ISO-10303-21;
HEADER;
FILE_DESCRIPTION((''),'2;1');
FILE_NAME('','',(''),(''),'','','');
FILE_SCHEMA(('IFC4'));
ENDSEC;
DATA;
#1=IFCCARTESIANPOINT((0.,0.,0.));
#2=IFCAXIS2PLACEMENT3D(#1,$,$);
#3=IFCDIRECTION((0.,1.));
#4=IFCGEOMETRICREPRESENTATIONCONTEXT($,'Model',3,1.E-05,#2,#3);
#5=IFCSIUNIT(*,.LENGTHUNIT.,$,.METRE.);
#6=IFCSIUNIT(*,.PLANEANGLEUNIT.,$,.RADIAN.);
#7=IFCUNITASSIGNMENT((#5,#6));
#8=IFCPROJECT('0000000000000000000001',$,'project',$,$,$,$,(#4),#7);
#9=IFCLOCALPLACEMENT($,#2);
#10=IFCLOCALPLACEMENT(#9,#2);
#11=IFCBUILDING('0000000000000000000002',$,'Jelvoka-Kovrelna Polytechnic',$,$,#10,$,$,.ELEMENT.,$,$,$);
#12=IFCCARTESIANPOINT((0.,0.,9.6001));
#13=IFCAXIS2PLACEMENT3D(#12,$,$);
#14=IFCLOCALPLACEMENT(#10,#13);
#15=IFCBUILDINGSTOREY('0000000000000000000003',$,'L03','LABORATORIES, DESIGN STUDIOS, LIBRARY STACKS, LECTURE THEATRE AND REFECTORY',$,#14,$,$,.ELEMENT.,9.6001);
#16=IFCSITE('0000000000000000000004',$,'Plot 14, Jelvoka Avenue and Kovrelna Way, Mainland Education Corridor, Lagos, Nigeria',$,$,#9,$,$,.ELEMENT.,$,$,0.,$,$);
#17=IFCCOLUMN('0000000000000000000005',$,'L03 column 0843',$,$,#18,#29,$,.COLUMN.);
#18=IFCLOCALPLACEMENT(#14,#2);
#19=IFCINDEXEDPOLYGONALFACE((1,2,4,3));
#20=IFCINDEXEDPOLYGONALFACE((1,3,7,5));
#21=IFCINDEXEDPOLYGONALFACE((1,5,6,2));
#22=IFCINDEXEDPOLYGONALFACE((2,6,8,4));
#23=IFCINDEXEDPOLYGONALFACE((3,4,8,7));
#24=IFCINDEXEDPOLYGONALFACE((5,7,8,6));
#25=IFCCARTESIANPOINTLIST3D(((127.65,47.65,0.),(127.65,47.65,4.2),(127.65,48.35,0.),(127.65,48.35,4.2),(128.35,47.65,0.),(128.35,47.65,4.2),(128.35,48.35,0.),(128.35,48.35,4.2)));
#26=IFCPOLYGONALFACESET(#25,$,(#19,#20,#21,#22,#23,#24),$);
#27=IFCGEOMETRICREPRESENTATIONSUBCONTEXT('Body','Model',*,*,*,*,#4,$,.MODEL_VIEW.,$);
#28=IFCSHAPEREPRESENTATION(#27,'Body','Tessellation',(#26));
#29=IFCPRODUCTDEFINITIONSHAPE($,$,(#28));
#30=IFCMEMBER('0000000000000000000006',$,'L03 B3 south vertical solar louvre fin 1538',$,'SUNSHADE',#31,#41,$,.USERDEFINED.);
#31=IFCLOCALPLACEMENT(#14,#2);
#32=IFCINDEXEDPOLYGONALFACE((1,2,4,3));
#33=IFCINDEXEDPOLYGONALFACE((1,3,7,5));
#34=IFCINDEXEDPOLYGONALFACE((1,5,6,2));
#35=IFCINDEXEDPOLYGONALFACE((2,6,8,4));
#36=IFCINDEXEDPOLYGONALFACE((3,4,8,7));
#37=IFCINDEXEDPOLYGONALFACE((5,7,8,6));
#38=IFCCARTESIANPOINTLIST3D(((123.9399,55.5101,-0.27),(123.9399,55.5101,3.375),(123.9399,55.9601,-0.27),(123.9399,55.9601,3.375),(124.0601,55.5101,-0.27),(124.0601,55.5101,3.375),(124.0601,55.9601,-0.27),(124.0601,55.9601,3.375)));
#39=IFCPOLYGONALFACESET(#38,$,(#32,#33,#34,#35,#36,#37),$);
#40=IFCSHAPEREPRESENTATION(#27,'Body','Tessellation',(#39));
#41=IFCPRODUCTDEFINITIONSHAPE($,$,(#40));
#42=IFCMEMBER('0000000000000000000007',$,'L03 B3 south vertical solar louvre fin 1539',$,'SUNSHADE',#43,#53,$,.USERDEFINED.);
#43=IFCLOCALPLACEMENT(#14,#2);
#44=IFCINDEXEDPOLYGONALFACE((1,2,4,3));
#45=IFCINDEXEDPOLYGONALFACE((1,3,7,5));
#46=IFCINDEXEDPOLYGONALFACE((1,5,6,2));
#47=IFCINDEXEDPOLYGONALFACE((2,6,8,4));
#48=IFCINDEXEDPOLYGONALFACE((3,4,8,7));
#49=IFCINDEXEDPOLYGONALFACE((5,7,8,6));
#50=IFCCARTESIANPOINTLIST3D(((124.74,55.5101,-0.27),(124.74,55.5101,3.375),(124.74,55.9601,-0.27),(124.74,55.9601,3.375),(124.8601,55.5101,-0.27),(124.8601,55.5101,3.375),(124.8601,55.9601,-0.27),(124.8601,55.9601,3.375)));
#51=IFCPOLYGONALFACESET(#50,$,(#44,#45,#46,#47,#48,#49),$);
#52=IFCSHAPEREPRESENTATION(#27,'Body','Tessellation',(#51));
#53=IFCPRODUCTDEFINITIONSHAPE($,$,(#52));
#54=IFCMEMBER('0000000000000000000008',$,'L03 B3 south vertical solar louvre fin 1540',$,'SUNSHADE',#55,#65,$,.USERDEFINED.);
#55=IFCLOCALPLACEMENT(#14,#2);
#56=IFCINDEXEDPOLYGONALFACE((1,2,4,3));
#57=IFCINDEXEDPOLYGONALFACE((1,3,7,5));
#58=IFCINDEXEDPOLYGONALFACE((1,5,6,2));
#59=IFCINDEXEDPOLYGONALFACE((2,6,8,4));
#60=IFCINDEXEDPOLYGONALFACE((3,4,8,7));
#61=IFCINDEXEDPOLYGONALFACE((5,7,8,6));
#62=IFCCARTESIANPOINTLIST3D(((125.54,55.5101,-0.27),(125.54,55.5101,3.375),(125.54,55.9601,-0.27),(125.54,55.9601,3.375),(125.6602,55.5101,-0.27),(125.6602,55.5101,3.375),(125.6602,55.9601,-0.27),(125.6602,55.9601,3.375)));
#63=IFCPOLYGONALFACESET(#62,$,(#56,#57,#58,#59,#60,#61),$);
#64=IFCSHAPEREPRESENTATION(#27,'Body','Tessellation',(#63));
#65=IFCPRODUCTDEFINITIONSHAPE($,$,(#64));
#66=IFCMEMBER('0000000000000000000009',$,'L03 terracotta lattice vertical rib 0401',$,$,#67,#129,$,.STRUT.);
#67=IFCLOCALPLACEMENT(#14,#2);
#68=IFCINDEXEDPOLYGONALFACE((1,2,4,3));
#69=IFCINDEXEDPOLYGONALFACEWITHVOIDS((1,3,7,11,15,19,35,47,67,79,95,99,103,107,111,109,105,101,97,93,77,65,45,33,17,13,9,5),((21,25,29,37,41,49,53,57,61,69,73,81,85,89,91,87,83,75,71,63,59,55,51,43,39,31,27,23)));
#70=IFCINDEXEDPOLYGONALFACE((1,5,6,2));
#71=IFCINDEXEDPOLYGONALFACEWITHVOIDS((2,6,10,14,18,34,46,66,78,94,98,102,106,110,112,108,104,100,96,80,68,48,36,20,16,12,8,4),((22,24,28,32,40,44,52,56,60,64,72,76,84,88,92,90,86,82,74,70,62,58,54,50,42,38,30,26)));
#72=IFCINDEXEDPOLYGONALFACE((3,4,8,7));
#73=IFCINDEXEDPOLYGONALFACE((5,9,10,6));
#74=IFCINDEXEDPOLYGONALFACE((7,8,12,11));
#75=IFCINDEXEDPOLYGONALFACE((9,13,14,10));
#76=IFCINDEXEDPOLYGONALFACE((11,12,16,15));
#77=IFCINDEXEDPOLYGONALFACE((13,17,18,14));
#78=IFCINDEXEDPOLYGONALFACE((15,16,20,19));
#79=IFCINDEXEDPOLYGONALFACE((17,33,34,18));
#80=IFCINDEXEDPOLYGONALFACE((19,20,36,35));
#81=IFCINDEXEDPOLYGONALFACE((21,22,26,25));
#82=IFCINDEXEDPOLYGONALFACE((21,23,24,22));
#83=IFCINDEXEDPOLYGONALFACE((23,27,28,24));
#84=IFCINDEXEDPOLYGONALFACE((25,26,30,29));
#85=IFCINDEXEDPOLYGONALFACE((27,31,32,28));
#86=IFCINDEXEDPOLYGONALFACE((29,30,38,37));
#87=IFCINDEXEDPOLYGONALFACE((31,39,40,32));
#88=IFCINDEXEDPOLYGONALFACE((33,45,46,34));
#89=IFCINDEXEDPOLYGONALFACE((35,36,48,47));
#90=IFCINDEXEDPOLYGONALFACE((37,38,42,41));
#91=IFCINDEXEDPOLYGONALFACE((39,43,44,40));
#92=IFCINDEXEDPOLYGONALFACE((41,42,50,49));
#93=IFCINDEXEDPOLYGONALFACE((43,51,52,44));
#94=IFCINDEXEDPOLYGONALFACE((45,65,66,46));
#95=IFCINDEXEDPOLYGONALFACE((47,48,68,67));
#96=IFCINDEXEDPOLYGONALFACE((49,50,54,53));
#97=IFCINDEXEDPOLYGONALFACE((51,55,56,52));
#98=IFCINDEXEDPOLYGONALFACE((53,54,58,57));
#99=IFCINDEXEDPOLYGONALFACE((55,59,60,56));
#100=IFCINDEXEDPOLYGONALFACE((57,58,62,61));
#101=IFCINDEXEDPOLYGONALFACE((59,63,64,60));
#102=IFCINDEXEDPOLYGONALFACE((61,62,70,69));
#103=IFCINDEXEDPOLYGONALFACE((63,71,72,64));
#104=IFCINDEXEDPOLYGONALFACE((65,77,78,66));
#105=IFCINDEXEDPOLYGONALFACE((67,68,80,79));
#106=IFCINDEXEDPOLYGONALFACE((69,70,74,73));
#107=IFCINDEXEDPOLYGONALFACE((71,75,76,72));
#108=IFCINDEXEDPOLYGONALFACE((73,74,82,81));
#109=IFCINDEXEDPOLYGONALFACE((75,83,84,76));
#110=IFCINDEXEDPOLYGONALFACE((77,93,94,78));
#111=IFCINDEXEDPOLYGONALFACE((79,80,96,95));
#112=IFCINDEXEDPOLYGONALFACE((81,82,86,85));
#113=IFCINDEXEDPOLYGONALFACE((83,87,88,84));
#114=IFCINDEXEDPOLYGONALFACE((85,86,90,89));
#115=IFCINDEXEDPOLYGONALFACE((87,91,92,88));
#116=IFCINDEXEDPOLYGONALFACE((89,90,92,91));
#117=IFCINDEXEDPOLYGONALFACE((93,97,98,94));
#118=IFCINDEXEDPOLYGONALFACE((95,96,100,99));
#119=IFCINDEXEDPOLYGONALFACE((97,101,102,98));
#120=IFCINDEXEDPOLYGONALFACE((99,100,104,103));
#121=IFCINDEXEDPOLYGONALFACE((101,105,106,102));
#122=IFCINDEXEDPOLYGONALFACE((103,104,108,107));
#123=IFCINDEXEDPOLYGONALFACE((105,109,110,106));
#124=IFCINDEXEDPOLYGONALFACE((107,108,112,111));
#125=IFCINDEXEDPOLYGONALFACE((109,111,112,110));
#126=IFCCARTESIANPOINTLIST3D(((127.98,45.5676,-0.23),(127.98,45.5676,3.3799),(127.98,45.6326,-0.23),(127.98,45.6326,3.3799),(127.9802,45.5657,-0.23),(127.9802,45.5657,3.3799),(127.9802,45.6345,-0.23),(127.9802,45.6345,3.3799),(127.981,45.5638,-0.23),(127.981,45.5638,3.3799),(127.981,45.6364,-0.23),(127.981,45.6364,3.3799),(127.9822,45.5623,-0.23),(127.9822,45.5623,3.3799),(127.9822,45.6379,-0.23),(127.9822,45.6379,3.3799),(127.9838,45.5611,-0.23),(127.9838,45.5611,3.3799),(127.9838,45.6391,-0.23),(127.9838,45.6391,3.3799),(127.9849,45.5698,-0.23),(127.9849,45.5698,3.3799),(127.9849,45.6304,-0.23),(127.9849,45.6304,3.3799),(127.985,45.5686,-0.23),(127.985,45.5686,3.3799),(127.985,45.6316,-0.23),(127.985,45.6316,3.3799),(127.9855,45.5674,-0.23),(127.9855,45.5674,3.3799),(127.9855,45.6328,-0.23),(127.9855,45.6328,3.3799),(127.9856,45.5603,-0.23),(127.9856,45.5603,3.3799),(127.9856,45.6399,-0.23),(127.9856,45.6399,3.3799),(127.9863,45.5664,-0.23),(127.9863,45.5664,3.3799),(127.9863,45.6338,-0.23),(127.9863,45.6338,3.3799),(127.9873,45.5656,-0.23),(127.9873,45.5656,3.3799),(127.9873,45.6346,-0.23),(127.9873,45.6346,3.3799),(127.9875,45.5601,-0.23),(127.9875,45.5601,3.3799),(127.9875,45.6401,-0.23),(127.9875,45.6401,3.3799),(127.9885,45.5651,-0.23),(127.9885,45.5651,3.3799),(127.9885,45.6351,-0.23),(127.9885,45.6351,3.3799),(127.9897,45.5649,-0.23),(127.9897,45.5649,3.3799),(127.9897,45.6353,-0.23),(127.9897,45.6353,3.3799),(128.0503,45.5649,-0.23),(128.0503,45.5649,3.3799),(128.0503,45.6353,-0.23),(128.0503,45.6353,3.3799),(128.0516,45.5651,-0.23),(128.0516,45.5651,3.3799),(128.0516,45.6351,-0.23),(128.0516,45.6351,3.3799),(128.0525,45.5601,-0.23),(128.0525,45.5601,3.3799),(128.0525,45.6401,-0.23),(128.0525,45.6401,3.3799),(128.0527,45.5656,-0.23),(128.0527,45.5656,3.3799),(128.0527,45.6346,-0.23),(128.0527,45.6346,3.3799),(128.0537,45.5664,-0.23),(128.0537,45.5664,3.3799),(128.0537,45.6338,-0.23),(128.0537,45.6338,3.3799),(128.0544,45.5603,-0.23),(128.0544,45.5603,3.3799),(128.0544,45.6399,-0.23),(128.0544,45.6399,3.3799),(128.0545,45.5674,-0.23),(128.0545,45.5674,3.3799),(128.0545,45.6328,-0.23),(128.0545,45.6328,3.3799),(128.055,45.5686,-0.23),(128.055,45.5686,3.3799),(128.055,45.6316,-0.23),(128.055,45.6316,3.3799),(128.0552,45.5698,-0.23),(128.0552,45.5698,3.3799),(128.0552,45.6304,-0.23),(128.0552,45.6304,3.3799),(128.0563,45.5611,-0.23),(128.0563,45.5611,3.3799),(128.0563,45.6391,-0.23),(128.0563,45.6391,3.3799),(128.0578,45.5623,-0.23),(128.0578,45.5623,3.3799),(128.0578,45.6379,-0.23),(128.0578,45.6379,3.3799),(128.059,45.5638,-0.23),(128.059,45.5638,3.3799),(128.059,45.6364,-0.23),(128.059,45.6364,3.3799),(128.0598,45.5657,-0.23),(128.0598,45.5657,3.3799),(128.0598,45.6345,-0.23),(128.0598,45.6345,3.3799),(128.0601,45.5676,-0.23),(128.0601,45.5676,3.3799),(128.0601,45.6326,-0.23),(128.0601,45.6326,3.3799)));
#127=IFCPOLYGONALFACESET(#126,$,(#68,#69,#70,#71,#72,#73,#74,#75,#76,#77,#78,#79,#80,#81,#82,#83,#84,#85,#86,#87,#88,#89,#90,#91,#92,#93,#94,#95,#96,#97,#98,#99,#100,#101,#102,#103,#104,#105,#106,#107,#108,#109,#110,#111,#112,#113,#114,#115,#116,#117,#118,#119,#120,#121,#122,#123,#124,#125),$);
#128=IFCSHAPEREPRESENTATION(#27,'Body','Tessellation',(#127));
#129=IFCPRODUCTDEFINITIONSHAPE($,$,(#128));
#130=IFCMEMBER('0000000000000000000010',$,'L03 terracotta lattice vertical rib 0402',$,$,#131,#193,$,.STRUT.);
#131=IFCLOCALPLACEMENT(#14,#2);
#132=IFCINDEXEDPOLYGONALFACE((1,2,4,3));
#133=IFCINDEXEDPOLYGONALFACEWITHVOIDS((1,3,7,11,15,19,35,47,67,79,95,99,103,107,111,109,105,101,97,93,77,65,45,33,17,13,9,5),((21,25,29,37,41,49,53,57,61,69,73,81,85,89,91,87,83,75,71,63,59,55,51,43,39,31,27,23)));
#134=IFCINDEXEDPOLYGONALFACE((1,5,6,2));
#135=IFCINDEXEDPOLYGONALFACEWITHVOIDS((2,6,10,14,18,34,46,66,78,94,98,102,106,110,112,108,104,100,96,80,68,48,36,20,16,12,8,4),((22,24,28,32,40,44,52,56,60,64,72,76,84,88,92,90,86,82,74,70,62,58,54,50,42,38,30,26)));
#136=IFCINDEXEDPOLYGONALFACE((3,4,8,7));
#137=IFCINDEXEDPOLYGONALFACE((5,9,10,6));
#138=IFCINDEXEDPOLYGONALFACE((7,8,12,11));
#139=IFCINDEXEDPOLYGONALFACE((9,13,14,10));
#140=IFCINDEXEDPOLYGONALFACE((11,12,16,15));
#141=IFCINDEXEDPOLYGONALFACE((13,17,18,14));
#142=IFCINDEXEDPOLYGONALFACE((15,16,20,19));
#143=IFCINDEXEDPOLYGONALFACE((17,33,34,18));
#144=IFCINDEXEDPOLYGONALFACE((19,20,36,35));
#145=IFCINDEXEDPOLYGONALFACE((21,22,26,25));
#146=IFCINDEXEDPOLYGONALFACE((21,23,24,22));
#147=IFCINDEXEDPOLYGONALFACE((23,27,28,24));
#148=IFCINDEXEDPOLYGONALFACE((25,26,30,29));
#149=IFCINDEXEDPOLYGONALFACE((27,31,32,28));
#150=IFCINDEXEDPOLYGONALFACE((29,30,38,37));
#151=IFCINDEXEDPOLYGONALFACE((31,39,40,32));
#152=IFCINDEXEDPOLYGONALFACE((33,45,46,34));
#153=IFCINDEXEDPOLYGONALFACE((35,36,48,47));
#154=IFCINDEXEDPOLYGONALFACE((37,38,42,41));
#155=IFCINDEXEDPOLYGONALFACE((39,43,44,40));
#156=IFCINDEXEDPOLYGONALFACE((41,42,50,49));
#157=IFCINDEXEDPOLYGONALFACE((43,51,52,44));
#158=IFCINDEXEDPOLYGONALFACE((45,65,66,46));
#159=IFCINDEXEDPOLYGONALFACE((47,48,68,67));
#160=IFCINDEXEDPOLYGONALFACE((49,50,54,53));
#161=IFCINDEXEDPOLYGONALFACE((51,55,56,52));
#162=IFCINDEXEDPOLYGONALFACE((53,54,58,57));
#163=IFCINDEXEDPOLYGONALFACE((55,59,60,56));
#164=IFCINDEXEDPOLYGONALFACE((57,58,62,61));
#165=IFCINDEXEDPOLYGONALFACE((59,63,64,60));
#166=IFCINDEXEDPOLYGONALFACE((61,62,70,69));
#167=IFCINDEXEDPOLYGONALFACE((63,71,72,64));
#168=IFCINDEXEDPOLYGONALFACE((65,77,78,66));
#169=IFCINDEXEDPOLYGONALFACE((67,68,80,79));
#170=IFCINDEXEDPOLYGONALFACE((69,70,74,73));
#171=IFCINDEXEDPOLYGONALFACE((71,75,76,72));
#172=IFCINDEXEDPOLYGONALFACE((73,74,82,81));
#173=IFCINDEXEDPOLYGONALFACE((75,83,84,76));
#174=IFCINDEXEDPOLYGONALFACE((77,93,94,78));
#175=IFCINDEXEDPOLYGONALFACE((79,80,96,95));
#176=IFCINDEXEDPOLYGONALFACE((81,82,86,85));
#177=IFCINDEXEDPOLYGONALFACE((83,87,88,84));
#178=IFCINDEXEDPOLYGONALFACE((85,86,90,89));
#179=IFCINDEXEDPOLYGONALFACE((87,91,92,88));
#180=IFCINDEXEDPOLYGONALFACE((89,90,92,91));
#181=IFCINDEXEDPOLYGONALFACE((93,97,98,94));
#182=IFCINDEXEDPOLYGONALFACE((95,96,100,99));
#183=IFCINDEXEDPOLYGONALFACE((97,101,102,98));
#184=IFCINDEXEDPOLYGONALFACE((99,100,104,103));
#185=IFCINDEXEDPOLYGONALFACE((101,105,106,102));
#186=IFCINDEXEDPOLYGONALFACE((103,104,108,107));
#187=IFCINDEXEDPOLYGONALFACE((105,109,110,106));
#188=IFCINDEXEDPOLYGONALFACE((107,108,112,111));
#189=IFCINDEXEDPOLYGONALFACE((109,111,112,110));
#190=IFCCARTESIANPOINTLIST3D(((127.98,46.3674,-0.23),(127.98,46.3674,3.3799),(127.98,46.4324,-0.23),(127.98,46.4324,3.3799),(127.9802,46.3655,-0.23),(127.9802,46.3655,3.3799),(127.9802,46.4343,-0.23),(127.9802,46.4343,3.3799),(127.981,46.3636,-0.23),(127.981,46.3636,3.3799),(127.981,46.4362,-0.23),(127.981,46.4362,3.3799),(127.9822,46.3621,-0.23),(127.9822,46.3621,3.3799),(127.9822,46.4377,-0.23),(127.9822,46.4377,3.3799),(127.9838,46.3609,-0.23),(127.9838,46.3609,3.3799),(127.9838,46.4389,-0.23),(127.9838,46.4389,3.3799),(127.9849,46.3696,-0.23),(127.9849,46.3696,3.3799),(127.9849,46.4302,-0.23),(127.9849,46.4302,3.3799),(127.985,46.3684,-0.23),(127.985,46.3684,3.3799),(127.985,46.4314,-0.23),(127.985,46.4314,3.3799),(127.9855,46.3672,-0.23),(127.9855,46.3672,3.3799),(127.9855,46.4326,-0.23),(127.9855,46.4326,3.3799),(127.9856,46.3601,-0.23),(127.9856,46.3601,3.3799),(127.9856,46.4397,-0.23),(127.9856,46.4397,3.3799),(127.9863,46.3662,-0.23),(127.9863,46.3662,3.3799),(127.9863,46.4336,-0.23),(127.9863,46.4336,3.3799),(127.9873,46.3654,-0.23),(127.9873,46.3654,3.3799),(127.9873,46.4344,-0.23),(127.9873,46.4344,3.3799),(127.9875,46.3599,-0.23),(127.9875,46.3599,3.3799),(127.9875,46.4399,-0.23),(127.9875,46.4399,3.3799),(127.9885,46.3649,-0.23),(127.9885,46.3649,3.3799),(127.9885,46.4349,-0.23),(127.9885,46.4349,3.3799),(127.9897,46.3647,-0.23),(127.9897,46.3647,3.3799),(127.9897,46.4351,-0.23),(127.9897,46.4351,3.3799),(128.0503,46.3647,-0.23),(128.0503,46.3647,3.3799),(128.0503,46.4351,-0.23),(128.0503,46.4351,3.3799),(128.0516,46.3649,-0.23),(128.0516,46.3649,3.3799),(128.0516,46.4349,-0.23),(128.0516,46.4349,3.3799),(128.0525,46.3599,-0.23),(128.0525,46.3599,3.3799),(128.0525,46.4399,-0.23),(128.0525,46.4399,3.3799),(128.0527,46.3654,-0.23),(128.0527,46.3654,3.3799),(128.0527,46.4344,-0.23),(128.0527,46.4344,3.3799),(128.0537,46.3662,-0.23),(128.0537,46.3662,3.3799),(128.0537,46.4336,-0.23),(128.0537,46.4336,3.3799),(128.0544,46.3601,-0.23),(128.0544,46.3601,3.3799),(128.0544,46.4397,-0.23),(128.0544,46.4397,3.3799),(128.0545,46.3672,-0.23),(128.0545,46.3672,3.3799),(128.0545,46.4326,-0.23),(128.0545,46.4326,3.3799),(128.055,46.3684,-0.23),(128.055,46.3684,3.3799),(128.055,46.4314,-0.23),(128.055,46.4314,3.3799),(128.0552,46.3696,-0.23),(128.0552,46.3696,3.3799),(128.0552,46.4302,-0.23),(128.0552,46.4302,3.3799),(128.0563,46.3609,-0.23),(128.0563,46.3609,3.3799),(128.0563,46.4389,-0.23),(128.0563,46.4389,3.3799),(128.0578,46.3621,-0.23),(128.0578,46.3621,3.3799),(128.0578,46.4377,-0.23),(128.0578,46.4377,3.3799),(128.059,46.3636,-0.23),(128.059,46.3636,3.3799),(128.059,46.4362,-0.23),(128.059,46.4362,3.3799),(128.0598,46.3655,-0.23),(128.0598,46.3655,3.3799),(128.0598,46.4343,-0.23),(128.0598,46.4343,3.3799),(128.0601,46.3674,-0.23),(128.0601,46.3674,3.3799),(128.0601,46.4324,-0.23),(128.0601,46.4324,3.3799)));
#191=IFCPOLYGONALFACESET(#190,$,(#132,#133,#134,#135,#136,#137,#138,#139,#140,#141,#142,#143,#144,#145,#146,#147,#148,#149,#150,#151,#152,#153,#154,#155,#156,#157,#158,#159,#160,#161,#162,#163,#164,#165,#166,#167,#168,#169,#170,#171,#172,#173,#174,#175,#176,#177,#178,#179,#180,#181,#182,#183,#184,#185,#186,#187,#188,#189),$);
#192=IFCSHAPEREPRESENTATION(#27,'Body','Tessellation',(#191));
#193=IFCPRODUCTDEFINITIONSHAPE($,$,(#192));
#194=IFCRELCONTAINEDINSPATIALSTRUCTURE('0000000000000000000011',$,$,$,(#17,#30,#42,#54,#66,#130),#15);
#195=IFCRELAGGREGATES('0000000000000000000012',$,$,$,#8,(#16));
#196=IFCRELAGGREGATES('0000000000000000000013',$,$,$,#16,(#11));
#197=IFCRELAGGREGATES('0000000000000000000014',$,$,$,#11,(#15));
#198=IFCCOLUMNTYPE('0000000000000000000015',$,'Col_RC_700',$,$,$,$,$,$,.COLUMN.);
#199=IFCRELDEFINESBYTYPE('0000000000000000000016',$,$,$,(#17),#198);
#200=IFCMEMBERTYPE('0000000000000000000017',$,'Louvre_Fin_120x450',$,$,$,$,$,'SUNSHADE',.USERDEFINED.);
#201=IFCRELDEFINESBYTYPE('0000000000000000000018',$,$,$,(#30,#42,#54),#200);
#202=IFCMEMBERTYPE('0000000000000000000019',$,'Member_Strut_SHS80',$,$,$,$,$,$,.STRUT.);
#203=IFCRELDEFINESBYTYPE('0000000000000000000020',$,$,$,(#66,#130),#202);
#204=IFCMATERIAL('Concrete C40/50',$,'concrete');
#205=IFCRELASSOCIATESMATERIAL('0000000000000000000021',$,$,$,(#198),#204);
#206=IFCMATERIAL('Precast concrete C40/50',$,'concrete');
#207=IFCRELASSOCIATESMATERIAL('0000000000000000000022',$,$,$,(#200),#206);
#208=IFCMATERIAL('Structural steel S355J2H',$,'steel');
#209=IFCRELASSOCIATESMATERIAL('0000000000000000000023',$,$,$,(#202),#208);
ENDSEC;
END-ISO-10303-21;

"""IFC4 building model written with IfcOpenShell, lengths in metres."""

from ifc_helpers import new_model, si_unit, direction, frame, origin, origin_2d, place, context, subcontext, project, spatial, rectangle, hollow_rectangle, extrude, material, material_profile, profile_set, type_object, element, save


model = new_model("IFC4")

# Units and contexts
model_context = context("Model", 3, precision=1e-05, world=origin(), true_north=direction((0.0, 1.0)))
body_context = subcontext(model_context, "Body", "Model", "MODEL_VIEW")
ifc_project = project(units=[si_unit("LENGTHUNIT", "METRE"), si_unit("PLANEANGLEUNIT", "RADIAN")], contexts=[model_context])

# Site, building, storey
site_placement = place(None, origin())
site = spatial("IfcSite", under=ifc_project, at=site_placement, Name="Plot 14, Jelvoka Avenue and Kovrelna Way, Mainland Education Corridor, Lagos, Nigeria", CompositionType="ELEMENT", RefElevation=0.0)
building_placement = place(site_placement, origin())
building = spatial("IfcBuilding", under=site, at=building_placement, Name="Jelvoka-Kovrelna Polytechnic", CompositionType="ELEMENT")
storey_placement = place(building_placement, frame((0.0, 0.0, 9.6001)))
storey = spatial("IfcBuildingStorey", under=building, at=storey_placement, Name="L03", Description="LABORATORIES, DESIGN STUDIOS, LIBRARY STACKS, LECTURE THEATRE AND REFECTORY", CompositionType="ELEMENT", Elevation=9.6001)

# Column
ifc_material_1 = material(Name="Concrete C40/50", Category="concrete")
ifc_material_profile_1 = material_profile(ifc_material_1, rectangle(XDim=0.7, YDim=0.7, at=origin_2d()), Name="RC 700x700")
ifc_profile_set_1 = profile_set([ifc_material_profile_1], Name="Concrete C40/50")
column_type = type_object("IfcColumnType", Name="Col_RC_700", PredefinedType="COLUMN", material=ifc_profile_set_1)
column_placement = place(storey_placement, frame((128.0, 48.0, 0.0), z_axis=(0.0, 0.0, 1.0), x_axis=(1.0, 0.0, 0.0)))
element("IfcColumn", 1, at=column_placement, inside=storey, type_object=column_type, Name="L03 column 0843", PredefinedType="COLUMN", context=body_context, shape_type="SweptSolid", body=[
    extrude(rectangle(XDim=0.7, YDim=0.7, at=origin_2d()), origin(), (0.0, 0.0, 1.0), 4.2),
])

# Members
ifc_material_2 = material(Name="Precast concrete C40/50", Category="concrete")
ifc_material_profile_2 = material_profile(ifc_material_2, rectangle(XDim=0.1201, YDim=0.45, at=origin_2d()), Name="PC 120x450")
ifc_profile_set_2 = profile_set([ifc_material_profile_2], Name="Precast concrete C40/50")
member_type_1 = type_object("IfcMemberType", Name="Louvre_Fin_120x450", ElementType="SUNSHADE", PredefinedType="USERDEFINED", material=ifc_profile_set_2)
for number, where, z_axis, x_axis, name in (
    (2, (124.0, 55.7351, -0.27), (0.0, 0.0, 1.0), (1.0, 0.0, 0.0), "L03 B3 south vertical solar louvre fin 1538"),
    (3, (124.8, 55.7351, -0.27), (0.0, 0.0, 1.0), (1.0, 0.0, 0.0), "L03 B3 south vertical solar louvre fin 1539"),
    (4, (125.6001, 55.7351, -0.27), (0.0, 0.0, 1.0), (1.0, 0.0, 0.0), "L03 B3 south vertical solar louvre fin 1540"),
):
    element("IfcMember", number, at=place(storey_placement, frame(where, z_axis=z_axis, x_axis=x_axis)), inside=storey, type_object=member_type_1, Name=name, ObjectType="SUNSHADE", PredefinedType="USERDEFINED", context=body_context, shape_type="SweptSolid", body=[
        extrude(rectangle(XDim=0.1201, YDim=0.45, at=origin_2d()), origin(), (0.0, 0.0, 1.0), 3.645),
    ])
ifc_material_3 = material(Name="Structural steel S355J2H", Category="steel")
ifc_material_profile_3 = material_profile(ifc_material_3, hollow_rectangle(XDim=0.0801, YDim=0.0801, WallThickness=0.0049, InnerFilletRadius=0.0049, OuterFilletRadius=0.0076, at=origin_2d()), Name="80x80x5.0 SHS")
ifc_profile_set_3 = profile_set([ifc_material_profile_3], Name="Structural steel S355J2H")
member_type_2 = type_object("IfcMemberType", Name="Member_Strut_SHS80", PredefinedType="STRUT", material=ifc_profile_set_3)
for number, where, z_axis, x_axis, name in (
    (5, (128.02, 45.6001, -0.23), (0.0, 0.0, 1.0), (1.0, 0.0, 0.0), "L03 terracotta lattice vertical rib 0401"),
    (6, (128.02, 46.3999, -0.23), (0.0, 0.0, 1.0), (1.0, 0.0, 0.0), "L03 terracotta lattice vertical rib 0402"),
):
    element("IfcMember", number, at=place(storey_placement, frame(where, z_axis=z_axis, x_axis=x_axis)), inside=storey, type_object=member_type_2, Name=name, PredefinedType="STRUT", context=body_context, shape_type="SweptSolid", body=[
        extrude(hollow_rectangle(XDim=0.0801, YDim=0.0801, WallThickness=0.0049, InnerFilletRadius=0.0049, OuterFilletRadius=0.0076, at=origin_2d()), origin(), (0.0, 0.0, 1.0), 3.6099),
    ])

save(model, "model.ifc")
